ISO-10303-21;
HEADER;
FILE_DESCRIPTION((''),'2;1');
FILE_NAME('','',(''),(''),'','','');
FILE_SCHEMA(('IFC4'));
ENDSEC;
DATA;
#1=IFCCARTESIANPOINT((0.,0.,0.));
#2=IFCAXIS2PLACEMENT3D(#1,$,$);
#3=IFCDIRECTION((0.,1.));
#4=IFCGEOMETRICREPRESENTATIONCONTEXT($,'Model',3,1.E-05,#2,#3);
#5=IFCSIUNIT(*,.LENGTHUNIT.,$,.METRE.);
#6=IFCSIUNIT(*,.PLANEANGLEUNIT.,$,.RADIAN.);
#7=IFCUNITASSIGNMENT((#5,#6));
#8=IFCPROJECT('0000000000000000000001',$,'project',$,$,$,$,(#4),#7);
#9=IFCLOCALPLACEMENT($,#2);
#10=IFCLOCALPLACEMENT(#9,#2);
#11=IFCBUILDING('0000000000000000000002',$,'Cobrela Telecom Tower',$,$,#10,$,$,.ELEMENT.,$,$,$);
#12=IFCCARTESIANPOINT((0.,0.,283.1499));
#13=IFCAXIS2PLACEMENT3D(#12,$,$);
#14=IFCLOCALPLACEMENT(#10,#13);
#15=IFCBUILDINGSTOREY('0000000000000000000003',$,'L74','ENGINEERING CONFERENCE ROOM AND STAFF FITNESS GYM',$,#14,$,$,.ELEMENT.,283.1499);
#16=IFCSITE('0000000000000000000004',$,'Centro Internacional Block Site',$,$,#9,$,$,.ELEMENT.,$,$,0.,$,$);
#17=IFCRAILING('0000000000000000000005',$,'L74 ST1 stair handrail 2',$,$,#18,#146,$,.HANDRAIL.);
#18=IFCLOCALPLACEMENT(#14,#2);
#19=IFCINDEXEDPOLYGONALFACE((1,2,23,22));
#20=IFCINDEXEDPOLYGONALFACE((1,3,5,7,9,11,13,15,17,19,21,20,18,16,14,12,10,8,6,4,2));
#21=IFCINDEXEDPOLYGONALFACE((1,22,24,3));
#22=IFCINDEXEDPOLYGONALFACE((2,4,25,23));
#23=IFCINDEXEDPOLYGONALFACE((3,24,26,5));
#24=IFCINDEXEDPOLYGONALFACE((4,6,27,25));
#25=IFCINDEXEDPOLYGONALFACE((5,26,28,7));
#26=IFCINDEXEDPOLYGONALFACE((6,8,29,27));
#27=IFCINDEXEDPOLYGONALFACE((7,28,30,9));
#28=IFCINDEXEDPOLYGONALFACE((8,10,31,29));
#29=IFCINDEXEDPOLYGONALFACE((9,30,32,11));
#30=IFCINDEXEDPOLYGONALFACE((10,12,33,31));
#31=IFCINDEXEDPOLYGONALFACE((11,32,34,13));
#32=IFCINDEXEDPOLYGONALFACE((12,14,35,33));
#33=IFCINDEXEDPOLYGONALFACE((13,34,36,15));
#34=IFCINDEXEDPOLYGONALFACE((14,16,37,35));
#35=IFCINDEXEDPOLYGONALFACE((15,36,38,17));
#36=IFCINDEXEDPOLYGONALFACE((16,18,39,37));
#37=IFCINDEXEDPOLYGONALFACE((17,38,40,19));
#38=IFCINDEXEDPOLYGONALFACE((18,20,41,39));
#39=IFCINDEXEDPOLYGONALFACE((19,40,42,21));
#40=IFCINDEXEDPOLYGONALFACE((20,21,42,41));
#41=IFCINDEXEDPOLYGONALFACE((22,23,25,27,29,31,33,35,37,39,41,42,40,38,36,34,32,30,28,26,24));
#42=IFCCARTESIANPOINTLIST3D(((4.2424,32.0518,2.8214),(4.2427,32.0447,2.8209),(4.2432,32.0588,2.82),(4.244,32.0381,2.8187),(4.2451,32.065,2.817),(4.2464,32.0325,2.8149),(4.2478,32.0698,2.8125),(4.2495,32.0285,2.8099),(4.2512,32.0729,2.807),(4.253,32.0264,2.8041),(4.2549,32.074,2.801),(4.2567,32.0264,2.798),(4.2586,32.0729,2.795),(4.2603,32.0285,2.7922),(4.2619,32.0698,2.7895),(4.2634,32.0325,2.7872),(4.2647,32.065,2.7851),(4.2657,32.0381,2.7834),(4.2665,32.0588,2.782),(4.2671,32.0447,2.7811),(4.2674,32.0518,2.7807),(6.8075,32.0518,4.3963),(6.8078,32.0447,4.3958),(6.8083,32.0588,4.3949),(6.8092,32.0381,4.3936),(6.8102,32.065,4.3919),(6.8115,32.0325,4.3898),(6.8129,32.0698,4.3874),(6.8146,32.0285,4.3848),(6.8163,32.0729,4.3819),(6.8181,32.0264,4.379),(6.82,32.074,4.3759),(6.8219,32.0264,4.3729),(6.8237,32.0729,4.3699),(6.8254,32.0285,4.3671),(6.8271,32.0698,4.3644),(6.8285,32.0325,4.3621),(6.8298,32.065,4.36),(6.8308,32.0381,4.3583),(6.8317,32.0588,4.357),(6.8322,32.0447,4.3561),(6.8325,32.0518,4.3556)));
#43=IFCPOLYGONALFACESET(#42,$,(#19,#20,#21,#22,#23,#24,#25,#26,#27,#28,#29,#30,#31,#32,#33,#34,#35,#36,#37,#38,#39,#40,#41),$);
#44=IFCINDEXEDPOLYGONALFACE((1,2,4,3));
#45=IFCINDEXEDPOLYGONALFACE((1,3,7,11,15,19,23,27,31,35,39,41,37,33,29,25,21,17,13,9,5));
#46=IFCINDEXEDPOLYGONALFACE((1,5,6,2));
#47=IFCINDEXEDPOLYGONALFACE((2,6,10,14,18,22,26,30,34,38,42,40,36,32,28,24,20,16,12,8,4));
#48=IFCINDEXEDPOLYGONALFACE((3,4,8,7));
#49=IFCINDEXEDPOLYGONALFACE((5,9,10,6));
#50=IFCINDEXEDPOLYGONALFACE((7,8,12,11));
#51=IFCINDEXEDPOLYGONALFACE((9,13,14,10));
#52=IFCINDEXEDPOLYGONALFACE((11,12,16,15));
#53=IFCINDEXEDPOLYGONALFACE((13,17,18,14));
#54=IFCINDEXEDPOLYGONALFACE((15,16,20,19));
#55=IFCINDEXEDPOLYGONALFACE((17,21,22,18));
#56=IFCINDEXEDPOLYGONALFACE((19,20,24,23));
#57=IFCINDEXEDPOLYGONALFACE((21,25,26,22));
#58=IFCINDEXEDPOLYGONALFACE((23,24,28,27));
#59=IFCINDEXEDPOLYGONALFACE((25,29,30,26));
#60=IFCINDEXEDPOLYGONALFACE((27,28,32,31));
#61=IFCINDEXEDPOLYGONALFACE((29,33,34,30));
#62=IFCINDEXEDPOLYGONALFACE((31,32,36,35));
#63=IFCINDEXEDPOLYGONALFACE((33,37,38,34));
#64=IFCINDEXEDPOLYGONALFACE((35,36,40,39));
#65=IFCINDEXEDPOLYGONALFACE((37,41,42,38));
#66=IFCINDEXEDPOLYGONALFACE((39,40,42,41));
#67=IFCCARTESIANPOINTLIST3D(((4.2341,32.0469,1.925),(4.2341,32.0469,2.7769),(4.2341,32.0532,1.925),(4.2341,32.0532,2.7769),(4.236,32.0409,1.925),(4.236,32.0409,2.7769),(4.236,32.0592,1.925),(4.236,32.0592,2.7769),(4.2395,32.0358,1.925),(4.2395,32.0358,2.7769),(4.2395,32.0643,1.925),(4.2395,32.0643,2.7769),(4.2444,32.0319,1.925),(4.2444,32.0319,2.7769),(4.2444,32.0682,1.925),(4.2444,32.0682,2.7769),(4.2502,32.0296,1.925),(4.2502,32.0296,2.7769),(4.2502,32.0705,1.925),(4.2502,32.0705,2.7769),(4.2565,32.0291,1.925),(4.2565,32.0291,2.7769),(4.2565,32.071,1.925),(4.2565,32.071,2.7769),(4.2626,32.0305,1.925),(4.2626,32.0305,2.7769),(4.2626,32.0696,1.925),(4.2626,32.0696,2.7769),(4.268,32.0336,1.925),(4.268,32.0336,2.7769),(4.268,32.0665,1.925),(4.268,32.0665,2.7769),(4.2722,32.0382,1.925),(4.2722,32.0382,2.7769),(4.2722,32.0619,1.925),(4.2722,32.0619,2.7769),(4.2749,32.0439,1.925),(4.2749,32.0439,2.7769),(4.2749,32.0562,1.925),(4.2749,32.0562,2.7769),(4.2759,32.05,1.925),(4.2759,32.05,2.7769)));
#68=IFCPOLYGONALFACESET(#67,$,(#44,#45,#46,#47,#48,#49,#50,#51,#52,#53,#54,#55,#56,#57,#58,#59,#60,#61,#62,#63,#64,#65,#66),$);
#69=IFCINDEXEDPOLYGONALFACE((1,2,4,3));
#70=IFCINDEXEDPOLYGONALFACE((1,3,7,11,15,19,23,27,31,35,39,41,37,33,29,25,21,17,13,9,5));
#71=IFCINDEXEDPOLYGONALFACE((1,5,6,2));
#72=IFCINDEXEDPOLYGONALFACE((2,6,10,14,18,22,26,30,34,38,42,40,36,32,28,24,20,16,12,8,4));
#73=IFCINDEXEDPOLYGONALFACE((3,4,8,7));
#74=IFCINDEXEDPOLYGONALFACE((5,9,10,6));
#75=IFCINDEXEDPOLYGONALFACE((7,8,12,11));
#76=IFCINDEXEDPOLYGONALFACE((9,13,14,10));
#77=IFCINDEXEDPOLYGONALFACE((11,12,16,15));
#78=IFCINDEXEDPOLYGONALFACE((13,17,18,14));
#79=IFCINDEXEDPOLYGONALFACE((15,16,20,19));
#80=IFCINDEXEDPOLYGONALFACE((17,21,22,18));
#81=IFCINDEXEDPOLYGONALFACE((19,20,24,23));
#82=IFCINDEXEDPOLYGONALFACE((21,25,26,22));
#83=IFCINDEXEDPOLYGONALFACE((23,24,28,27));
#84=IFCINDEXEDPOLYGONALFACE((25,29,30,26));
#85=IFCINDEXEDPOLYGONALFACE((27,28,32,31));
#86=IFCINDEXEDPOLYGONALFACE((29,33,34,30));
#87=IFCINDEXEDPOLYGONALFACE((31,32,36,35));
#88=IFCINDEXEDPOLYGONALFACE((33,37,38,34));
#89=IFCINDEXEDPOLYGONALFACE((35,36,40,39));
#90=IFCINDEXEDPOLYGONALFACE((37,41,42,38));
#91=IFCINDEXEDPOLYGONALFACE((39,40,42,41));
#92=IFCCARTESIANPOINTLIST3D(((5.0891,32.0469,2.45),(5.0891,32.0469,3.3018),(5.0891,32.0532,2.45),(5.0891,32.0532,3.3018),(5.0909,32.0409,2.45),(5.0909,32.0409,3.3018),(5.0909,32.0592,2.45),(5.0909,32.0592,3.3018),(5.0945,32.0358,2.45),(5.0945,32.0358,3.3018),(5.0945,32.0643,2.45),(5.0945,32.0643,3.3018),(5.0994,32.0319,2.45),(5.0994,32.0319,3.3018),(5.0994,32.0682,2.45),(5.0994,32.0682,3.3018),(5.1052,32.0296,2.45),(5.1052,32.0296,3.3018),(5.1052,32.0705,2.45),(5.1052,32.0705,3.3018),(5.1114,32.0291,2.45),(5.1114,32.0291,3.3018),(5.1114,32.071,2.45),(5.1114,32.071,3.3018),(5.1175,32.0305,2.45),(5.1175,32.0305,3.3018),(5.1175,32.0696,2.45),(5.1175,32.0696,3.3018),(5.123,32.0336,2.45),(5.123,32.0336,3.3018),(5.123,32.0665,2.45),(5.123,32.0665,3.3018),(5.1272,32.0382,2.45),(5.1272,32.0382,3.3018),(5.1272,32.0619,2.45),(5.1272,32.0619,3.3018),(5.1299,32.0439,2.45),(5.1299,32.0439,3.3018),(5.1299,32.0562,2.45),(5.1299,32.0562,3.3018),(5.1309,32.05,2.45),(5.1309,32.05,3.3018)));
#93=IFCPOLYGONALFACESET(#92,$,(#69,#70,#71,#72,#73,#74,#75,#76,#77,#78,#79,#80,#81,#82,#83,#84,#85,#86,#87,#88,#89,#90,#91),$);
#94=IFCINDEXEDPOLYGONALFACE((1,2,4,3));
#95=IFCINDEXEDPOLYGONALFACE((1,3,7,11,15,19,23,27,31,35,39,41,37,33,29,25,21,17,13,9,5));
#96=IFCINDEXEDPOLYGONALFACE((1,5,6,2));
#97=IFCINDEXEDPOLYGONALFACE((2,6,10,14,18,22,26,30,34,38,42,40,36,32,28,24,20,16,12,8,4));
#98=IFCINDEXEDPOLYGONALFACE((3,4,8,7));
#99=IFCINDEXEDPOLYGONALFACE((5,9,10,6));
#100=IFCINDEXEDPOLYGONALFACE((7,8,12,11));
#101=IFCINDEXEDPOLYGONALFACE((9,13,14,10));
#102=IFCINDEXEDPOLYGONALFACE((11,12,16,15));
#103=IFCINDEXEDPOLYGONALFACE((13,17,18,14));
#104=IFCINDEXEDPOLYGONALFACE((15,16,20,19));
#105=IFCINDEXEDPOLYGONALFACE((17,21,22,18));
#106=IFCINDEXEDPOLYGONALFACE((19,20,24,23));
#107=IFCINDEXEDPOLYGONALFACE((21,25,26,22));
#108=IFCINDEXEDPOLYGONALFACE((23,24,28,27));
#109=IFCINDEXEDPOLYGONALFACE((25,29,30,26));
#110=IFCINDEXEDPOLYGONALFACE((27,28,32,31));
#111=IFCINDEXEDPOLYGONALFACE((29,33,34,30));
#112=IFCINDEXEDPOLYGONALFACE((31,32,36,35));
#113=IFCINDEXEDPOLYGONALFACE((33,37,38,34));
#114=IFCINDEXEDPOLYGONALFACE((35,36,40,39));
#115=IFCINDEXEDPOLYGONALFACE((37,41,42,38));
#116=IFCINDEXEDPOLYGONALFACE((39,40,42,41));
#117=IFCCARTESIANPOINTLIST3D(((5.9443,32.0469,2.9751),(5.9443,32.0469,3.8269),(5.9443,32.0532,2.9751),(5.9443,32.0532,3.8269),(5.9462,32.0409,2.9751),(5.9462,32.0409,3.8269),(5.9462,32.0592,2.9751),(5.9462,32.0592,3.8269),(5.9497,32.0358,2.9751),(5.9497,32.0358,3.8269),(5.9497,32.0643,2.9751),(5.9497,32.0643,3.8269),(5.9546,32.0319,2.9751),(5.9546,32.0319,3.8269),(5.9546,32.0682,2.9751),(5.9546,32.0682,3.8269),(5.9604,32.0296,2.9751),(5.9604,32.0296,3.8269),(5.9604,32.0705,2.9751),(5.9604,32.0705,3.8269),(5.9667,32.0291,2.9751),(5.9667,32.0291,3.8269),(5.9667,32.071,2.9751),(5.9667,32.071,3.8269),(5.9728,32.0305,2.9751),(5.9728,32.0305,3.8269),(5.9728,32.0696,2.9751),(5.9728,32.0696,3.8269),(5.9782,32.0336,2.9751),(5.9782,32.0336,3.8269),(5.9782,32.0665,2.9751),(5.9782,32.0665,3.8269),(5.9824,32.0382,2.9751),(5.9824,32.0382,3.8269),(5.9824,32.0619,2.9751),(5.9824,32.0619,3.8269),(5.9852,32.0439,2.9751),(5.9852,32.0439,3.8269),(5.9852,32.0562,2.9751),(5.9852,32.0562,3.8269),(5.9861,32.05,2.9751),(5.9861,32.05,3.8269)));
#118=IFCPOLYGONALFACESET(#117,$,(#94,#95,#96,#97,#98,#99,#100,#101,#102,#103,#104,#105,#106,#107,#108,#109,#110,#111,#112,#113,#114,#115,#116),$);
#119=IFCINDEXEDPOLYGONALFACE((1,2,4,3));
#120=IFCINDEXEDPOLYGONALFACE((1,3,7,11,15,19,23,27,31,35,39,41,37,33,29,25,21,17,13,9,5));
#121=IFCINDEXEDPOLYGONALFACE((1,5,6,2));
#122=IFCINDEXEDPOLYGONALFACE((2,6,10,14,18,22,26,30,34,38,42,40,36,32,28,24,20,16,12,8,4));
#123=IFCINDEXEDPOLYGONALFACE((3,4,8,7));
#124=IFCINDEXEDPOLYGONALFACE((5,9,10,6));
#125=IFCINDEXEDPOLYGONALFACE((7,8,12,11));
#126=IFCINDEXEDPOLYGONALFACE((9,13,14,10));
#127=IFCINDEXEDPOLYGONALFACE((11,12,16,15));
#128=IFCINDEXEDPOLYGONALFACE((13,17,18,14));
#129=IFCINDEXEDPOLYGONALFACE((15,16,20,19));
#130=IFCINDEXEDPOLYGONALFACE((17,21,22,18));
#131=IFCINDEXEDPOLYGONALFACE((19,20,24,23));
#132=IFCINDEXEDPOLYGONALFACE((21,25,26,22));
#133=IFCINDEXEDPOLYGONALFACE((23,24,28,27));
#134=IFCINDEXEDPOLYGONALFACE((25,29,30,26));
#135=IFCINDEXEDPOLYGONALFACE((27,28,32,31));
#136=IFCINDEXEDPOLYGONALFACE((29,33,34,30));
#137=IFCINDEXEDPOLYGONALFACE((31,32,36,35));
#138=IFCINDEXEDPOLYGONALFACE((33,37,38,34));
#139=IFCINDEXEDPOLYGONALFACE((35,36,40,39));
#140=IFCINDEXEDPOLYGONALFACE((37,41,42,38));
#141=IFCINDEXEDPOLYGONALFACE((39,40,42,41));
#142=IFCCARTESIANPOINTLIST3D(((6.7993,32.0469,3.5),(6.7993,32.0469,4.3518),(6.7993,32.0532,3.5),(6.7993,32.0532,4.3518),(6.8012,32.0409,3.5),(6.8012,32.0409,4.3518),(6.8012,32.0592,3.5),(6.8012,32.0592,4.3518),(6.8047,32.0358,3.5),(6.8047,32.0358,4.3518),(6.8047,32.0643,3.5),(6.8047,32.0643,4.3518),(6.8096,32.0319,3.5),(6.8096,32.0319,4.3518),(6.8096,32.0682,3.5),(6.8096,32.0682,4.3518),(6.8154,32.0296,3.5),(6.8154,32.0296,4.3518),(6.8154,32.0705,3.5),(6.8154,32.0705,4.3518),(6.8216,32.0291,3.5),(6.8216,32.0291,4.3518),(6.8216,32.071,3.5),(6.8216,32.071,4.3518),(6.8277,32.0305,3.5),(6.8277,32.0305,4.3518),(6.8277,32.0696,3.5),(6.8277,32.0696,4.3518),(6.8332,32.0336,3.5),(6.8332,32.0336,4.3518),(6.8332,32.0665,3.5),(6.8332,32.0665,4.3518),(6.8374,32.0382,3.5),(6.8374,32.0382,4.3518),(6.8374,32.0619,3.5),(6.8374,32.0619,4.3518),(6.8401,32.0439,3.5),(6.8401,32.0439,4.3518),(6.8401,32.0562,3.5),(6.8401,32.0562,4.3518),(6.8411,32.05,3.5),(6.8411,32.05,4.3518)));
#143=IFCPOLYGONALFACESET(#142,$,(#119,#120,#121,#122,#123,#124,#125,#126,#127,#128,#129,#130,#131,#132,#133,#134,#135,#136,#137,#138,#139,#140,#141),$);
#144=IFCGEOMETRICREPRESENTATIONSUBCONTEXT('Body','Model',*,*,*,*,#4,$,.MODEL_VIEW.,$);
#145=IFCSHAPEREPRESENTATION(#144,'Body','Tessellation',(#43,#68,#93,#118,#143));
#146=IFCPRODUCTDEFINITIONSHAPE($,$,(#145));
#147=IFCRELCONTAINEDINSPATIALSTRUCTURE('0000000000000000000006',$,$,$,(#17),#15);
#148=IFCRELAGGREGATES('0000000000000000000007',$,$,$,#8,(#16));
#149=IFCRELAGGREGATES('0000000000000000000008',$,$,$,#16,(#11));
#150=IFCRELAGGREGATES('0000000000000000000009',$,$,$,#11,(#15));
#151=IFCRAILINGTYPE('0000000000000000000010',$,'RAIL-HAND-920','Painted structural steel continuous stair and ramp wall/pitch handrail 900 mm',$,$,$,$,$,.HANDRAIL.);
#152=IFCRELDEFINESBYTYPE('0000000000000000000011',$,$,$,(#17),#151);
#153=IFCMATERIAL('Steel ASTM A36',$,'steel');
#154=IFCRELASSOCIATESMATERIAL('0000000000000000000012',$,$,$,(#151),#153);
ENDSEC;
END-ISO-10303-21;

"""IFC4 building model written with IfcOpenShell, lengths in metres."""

from ifc_helpers import new_model, si_unit, direction, frame, origin, origin_2d, place, context, subcontext, project, spatial, circle, extrude, material, type_object, element, save


model = new_model("IFC4")

# Units and contexts
model_context = context("Model", 3, precision=1e-05, world=origin(), true_north=direction((0.0, 1.0)))
body_context = subcontext(model_context, "Body", "Model", "MODEL_VIEW")
ifc_project = project(units=[si_unit("LENGTHUNIT", "METRE"), si_unit("PLANEANGLEUNIT", "RADIAN")], contexts=[model_context])

# Site, building, storey
site_placement = place(None, origin())
site = spatial("IfcSite", under=ifc_project, at=site_placement, Name="Centro Internacional Block Site", CompositionType="ELEMENT", RefElevation=0.0)
building_placement = place(site_placement, origin())
building = spatial("IfcBuilding", under=site, at=building_placement, Name="Cobrela Telecom Tower", CompositionType="ELEMENT")
storey_placement = place(building_placement, frame((0.0, 0.0, 283.1499)))
storey = spatial("IfcBuildingStorey", under=building, at=storey_placement, Name="L74", Description="ENGINEERING CONFERENCE ROOM AND STAFF FITNESS GYM", CompositionType="ELEMENT", Elevation=283.1499)

# Shared definitions
ifc_material_1 = material(Name="Steel ASTM A36", Category="steel")

# Railing
railing_type_1 = type_object("IfcRailingType", Name="RAIL-HAND-920", Description="Painted structural steel continuous stair and ramp wall/pitch handrail 900 mm", PredefinedType="HANDRAIL", material=ifc_material_1)
railing_1_placement = place(storey_placement, frame((4.2549, 32.05, 1.925)))
element("IfcRailing", 1, at=railing_1_placement, inside=storey, type_object=railing_type_1, Name="L74 ST1 stair handrail 2", PredefinedType="HANDRAIL", context=body_context, shape_type="SweptSolid", body=[
    extrude(circle(Radius=0.0239, at=origin_2d()), frame((0.0, 0.0, 0.876), z_axis=(0.852195, 0.0, 0.523224), x_axis=(0.0, 1.0, 0.0)), (0.0, 0.0, 1.0), 3.01),
    extrude(circle(Radius=0.021, at=origin_2d()), origin(), (0.0, 0.0, 1.0), 0.8518),
    extrude(circle(Radius=0.021, at=origin_2d()), frame((0.855, 0.0, 0.5249)), (0.0, 0.0, 1.0), 0.8518),
    extrude(circle(Radius=0.021, at=origin_2d()), frame((1.7102, 0.0, 1.05)), (0.0, 0.0, 1.0), 0.8518),
    extrude(circle(Radius=0.021, at=origin_2d()), frame((2.5652, 0.0, 1.575)), (0.0, 0.0, 1.0), 0.8518),
])

save(model, "model.ifc")
